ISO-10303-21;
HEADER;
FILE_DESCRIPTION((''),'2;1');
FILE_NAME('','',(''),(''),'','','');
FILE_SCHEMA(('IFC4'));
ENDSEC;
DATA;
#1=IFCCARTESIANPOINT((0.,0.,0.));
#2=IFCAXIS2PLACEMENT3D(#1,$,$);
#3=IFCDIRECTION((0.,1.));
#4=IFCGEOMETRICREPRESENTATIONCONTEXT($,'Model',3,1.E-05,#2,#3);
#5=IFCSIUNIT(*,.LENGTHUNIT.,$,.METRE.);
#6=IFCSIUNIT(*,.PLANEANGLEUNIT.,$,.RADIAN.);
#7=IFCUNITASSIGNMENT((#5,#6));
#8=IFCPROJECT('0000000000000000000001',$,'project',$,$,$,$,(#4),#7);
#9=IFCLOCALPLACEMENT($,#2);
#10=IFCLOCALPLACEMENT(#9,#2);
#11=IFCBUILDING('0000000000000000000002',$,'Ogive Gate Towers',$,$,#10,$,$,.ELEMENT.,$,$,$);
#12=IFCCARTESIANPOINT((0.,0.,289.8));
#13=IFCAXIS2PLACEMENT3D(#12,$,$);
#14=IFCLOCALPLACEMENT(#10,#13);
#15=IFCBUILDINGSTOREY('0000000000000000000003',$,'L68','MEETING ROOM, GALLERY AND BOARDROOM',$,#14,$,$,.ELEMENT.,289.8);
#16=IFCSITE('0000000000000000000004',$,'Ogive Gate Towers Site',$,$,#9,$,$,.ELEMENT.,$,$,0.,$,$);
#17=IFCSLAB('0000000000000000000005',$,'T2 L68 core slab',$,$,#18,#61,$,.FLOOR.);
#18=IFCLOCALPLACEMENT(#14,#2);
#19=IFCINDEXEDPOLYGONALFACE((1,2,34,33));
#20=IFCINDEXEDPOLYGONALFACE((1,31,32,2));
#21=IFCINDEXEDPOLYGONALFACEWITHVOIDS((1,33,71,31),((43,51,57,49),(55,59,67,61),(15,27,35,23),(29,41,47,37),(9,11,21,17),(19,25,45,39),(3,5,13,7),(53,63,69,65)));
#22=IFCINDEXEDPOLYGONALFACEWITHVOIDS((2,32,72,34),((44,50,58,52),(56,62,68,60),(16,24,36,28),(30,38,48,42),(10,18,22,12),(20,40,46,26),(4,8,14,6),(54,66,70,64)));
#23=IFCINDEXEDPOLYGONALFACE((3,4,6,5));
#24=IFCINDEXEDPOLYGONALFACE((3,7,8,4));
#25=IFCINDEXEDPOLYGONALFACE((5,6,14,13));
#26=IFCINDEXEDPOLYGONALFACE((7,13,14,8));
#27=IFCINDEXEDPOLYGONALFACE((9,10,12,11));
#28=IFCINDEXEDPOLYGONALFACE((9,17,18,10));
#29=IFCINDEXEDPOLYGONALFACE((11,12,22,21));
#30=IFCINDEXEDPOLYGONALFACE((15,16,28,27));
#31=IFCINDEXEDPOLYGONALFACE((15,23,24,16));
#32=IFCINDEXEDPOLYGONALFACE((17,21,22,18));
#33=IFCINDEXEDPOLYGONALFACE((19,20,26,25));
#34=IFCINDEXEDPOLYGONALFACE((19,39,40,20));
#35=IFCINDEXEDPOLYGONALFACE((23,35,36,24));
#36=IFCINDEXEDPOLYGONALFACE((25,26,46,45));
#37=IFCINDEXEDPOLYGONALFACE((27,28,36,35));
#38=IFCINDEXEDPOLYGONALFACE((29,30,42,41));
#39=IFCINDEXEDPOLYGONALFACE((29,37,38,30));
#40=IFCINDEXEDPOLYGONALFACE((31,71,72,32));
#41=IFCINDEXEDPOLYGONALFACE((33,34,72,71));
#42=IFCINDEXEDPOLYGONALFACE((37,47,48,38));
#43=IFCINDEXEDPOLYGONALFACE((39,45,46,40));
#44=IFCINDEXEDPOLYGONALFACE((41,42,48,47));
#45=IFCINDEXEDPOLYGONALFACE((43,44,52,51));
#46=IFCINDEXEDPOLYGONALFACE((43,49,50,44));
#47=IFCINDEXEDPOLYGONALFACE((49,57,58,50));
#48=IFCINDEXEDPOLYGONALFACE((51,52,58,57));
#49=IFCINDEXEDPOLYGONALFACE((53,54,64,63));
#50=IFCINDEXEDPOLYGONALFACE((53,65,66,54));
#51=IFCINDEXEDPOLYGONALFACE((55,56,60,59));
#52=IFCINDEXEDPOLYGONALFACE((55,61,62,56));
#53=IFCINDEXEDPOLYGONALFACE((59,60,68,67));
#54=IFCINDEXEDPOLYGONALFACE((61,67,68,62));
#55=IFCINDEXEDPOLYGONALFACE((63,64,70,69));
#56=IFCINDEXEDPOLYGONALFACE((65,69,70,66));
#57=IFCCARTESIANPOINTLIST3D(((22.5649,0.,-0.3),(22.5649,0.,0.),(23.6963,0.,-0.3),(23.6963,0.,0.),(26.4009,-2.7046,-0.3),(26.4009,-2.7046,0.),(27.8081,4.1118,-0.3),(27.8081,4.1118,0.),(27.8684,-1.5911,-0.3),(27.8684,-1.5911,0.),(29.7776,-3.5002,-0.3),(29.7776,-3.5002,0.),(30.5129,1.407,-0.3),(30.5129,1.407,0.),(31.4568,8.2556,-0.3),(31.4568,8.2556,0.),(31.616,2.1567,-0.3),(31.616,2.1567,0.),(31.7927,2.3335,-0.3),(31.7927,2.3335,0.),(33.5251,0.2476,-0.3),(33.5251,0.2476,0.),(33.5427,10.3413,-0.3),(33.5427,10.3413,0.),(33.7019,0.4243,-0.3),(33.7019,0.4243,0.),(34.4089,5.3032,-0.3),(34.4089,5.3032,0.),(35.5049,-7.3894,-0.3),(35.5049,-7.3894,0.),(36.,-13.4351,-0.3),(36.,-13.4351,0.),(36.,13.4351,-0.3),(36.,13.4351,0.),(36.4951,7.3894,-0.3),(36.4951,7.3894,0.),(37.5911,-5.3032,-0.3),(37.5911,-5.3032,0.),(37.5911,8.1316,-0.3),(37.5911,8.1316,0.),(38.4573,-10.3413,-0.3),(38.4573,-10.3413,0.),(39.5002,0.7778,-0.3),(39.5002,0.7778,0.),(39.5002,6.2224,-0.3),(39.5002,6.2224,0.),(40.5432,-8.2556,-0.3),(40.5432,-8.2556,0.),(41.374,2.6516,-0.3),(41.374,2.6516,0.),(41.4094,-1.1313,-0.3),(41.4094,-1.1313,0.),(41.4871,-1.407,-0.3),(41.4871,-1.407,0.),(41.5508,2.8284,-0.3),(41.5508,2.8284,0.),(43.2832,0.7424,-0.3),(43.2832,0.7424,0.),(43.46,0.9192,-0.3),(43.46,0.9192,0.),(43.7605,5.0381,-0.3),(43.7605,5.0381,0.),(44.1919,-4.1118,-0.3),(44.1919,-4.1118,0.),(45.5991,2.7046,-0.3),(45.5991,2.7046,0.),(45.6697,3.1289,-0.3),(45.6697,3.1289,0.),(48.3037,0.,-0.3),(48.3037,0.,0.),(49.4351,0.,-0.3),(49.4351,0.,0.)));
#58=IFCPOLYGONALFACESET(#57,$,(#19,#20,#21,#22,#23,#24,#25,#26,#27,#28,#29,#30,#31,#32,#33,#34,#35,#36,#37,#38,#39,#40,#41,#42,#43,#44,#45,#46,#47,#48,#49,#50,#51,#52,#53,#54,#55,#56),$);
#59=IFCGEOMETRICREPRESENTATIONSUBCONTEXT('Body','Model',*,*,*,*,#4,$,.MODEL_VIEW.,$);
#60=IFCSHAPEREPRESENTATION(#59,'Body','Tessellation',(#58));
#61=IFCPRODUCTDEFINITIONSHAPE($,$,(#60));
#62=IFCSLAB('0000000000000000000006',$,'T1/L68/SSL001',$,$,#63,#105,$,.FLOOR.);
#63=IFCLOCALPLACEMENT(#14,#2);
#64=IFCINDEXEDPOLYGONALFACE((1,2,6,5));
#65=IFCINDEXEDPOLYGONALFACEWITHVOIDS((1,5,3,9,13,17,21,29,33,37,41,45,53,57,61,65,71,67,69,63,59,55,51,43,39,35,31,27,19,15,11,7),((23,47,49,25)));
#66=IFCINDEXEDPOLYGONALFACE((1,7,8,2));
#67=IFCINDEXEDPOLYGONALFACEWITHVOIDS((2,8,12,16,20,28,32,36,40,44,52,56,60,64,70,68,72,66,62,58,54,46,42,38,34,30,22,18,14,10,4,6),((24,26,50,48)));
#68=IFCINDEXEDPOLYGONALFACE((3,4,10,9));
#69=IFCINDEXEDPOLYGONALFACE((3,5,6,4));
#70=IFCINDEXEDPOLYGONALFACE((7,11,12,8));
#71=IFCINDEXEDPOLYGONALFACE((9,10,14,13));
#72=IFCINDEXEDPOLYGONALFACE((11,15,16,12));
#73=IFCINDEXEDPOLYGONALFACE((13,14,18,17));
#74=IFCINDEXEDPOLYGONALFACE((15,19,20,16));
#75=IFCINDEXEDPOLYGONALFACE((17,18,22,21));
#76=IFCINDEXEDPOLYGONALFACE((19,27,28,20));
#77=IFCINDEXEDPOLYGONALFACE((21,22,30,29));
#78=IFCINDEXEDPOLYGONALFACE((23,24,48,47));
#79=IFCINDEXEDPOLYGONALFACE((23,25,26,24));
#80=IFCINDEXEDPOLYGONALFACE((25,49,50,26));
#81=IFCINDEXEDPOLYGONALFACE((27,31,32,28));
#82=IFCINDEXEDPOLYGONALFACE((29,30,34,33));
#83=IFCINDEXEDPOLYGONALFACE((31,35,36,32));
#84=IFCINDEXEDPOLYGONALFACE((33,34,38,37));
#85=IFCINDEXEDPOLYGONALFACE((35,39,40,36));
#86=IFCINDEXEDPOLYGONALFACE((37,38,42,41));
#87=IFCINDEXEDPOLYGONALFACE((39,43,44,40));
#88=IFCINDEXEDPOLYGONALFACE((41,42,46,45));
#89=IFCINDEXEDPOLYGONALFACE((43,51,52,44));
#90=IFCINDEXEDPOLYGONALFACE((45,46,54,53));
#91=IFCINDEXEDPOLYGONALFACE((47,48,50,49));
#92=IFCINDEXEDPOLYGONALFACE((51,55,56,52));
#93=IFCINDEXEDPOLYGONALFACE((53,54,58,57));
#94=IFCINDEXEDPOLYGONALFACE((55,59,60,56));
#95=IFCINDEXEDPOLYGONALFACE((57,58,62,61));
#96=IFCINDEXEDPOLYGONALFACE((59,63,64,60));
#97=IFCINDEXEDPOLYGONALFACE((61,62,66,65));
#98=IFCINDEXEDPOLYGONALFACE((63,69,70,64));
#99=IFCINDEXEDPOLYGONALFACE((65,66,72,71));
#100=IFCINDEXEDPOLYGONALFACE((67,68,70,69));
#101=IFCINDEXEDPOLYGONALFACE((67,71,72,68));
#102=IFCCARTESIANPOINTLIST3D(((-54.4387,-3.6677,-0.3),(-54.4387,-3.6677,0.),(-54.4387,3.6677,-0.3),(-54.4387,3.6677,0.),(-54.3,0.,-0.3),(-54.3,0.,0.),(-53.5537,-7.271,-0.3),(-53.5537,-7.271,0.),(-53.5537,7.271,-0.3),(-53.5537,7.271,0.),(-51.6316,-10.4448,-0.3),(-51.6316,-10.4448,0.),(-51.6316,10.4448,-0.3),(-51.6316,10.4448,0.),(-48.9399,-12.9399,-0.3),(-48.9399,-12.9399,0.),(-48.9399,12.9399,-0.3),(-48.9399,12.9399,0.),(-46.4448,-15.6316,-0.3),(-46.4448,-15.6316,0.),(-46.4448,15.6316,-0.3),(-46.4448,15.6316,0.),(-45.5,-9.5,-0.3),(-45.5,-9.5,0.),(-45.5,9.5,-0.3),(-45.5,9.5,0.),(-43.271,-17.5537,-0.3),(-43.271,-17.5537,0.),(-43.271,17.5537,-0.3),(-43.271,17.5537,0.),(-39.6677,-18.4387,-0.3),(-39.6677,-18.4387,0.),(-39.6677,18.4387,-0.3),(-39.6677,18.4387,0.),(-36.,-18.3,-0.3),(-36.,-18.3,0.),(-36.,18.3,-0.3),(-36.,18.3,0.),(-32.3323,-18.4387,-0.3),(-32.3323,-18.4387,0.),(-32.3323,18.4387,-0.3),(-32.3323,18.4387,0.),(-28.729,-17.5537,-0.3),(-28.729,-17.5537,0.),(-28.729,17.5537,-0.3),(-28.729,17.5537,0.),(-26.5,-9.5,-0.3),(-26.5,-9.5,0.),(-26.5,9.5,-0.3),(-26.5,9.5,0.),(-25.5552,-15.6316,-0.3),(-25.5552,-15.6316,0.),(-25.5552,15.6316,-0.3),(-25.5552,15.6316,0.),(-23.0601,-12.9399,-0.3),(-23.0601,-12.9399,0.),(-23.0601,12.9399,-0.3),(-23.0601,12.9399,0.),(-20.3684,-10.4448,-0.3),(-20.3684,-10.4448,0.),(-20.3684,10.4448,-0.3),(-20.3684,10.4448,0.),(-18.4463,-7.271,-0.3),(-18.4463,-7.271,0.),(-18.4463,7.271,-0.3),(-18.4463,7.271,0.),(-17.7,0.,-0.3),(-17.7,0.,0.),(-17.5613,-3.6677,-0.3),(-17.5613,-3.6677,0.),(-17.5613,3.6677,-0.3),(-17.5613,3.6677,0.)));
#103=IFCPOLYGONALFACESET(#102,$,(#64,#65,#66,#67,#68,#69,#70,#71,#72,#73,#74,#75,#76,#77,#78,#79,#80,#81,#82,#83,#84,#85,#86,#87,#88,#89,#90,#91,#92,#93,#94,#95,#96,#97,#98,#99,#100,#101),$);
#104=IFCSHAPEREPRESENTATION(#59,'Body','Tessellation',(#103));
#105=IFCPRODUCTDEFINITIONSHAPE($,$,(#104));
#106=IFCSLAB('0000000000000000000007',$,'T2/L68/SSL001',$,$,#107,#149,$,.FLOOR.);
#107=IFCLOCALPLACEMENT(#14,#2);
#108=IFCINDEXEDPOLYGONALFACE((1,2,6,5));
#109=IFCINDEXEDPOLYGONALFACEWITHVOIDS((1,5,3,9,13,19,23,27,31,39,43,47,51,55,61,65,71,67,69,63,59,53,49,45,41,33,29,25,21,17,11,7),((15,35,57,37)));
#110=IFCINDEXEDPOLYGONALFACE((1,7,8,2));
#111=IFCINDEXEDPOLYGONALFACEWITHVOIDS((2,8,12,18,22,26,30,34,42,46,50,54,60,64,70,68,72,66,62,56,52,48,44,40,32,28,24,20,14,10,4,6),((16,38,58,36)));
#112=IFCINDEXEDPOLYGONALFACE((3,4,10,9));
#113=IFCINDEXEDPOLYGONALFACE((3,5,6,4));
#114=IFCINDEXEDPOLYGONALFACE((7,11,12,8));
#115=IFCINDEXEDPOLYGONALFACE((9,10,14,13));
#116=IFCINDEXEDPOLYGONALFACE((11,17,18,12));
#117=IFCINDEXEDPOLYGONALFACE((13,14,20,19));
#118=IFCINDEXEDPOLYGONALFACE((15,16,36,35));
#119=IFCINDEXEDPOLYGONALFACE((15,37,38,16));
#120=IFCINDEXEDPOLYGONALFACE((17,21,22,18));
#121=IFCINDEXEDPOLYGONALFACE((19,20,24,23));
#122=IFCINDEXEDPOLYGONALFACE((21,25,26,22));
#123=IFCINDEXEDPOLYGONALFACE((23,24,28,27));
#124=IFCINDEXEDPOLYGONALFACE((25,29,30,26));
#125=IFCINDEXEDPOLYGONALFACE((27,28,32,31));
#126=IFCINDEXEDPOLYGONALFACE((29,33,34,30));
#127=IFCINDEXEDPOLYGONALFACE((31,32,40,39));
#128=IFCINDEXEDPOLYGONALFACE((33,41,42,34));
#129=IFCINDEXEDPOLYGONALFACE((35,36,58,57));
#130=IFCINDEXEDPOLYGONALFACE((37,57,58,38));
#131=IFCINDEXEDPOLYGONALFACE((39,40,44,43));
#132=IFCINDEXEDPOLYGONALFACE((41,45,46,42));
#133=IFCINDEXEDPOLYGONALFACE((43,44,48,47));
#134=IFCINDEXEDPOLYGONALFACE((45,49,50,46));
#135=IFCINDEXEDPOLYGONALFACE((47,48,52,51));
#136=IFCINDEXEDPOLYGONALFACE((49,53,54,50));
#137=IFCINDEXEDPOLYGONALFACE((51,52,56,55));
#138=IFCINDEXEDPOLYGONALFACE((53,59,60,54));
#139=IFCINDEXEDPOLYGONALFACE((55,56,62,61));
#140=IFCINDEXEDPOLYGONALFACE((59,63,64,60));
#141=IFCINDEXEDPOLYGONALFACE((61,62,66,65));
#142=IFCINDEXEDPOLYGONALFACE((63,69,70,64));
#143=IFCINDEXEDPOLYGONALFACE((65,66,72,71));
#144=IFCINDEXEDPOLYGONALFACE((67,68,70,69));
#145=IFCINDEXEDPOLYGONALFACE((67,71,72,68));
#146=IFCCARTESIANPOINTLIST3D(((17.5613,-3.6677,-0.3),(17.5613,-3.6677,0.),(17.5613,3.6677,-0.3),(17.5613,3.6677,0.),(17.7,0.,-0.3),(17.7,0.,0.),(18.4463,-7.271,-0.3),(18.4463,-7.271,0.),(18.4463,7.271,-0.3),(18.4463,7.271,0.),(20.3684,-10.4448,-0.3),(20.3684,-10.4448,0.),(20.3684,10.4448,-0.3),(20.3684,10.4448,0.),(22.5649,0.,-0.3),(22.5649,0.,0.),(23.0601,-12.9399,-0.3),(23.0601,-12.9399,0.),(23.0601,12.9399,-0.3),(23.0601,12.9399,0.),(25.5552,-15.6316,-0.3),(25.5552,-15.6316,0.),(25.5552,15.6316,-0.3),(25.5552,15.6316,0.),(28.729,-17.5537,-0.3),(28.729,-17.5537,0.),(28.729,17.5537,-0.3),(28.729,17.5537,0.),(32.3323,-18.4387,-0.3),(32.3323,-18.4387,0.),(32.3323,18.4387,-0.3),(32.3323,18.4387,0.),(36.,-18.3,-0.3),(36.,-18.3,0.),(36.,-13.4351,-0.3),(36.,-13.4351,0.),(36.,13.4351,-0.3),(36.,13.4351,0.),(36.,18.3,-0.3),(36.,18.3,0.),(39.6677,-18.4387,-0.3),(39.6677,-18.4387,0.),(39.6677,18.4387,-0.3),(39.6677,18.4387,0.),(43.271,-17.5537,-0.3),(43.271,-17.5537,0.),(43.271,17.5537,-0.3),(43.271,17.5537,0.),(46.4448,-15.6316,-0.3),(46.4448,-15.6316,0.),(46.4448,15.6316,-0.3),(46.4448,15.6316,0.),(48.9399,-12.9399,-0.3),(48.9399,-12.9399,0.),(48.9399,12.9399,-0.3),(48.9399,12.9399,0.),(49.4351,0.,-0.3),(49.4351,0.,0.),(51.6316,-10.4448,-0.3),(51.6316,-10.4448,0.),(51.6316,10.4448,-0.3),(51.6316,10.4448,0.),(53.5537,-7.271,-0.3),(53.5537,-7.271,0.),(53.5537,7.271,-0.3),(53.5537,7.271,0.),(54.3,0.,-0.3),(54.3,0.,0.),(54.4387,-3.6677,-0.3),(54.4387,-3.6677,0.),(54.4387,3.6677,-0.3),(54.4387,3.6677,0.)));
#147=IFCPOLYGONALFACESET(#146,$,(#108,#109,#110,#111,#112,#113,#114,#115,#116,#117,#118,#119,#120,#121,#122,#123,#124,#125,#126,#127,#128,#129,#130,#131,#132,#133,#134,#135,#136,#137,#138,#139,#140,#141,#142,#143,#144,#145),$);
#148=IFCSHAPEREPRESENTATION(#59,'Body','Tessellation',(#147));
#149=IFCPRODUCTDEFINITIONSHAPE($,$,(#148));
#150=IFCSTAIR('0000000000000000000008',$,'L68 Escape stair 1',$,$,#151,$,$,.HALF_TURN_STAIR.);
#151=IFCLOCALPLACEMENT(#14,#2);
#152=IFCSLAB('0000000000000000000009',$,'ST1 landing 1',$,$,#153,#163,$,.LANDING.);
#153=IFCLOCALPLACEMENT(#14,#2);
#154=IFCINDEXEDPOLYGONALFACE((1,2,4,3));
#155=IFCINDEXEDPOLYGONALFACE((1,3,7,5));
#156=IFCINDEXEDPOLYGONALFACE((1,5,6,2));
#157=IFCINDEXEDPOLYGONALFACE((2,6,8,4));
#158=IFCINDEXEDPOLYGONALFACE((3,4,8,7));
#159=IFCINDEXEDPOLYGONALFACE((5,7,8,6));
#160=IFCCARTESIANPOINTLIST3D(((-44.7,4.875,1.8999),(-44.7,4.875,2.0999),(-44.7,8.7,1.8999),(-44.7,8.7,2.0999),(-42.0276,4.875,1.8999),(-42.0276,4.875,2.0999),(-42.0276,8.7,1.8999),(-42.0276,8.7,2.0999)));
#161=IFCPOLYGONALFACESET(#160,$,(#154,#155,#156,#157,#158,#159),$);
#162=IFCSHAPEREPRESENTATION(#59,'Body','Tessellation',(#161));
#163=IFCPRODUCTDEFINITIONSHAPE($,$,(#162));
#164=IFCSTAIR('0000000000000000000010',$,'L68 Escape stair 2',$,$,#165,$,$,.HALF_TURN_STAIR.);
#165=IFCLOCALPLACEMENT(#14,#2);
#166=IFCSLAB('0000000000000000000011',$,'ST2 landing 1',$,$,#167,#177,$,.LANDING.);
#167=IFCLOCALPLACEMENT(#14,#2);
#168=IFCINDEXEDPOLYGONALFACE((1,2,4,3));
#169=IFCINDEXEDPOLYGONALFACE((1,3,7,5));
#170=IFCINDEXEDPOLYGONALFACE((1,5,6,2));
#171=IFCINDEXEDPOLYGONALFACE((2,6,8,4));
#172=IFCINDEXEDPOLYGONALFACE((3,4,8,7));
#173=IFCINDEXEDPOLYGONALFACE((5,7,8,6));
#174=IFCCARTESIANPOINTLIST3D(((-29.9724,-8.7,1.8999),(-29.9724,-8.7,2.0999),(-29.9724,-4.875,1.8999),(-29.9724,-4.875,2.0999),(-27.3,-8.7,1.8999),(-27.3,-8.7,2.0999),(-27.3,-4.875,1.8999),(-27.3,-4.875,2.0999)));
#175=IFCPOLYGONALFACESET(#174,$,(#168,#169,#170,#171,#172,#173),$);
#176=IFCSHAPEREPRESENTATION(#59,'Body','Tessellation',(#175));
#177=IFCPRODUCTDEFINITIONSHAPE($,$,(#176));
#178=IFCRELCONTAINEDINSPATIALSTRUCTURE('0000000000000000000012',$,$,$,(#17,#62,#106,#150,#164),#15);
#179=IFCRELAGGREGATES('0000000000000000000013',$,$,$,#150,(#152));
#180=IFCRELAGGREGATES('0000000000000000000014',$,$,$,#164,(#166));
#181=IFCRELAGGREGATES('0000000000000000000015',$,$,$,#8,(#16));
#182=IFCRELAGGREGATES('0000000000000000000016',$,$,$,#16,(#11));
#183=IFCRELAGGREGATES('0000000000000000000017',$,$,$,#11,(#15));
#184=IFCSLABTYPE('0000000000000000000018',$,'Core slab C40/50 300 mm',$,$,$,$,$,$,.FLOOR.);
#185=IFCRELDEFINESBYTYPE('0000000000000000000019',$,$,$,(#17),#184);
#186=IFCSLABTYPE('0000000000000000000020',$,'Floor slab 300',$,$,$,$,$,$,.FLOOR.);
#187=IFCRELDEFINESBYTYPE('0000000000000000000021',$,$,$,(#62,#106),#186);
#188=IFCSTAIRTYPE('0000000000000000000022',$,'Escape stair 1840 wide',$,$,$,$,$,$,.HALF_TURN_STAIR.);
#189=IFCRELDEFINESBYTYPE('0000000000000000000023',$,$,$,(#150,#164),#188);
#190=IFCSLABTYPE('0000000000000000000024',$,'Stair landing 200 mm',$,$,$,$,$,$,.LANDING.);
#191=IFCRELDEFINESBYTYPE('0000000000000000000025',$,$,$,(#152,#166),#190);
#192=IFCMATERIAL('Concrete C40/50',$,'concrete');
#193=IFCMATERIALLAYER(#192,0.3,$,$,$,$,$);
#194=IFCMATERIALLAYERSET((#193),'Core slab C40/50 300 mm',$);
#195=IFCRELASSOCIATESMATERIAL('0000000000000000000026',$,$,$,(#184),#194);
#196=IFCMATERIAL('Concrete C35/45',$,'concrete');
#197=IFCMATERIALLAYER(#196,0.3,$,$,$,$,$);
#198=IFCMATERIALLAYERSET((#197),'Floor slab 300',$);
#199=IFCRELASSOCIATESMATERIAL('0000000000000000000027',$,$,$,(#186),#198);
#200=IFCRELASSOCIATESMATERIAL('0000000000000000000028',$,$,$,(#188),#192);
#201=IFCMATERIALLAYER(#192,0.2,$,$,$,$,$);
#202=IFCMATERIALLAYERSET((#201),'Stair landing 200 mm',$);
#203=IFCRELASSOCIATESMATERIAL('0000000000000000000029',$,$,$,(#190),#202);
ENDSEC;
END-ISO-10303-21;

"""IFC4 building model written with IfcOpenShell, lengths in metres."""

from ifc_helpers import new_model, si_unit, direction, frame, origin, place, context, subcontext, project, spatial, polyline, outline, extrude, material, layer, layer_set, type_object, element, aggregate, save


model = new_model("IFC4")

# Units and contexts
model_context = context("Model", 3, precision=1e-05, world=origin(), true_north=direction((0.0, 1.0)))
body_context = subcontext(model_context, "Body", "Model", "MODEL_VIEW")
ifc_project = project(units=[si_unit("LENGTHUNIT", "METRE"), si_unit("PLANEANGLEUNIT", "RADIAN")], contexts=[model_context])

# Site, building, storey
site_placement = place(None, origin())
site = spatial("IfcSite", under=ifc_project, at=site_placement, Name="Ogive Gate Towers Site", CompositionType="ELEMENT", RefElevation=0.0)
building_placement = place(site_placement, origin())
building = spatial("IfcBuilding", under=site, at=building_placement, Name="Ogive Gate Towers", CompositionType="ELEMENT")
storey_placement = place(building_placement, frame((0.0, 0.0, 289.8)))
storey = spatial("IfcBuildingStorey", under=building, at=storey_placement, Name="L68", Description="MEETING ROOM, GALLERY AND BOARDROOM", CompositionType="ELEMENT", Elevation=289.8)

# Slabs
ifc_material_1 = material(Name="Concrete C40/50", Category="concrete")
ifc_layer_1 = layer(ifc_material_1, 0.3)
ifc_layer_set_1 = layer_set([ifc_layer_1], Name="Core slab C40/50 300 mm")
slab_type_1 = type_object("IfcSlabType", Name="Core slab C40/50 300 mm", PredefinedType="FLOOR", material=ifc_layer_set_1)
slab_1_placement = place(storey_placement, frame((0.0, 0.0, -0.3)))
element("IfcSlab", 1, at=slab_1_placement, inside=storey, type_object=slab_type_1, Name="T2 L68 core slab", PredefinedType="FLOOR", context=body_context, shape_type="SweptSolid", body=[
    extrude(outline(polyline([(36.0, -13.4351), (22.5649, 0.0), (36.0, 13.4351), (49.4351, 0.0), (36.0, -13.4351)]), holes=[polyline([(29.7776, -3.5002), (33.5251, 0.2476), (31.616, 2.1567), (27.8684, -1.5911), (29.7776, -3.5002)]), polyline([(31.7927, 2.3335), (33.7019, 0.4243), (39.5002, 6.2224), (37.5911, 8.1316), (31.7927, 2.3335)]), polyline([(41.374, 2.6516), (39.5002, 0.7778), (41.4094, -1.1313), (43.2832, 0.7424), (41.374, 2.6516)]), polyline([(45.6697, 3.1289), (43.7605, 5.0381), (41.5508, 2.8284), (43.46, 0.9192), (45.6697, 3.1289)]), polyline([(34.4089, 5.3032), (36.4951, 7.3894), (33.5427, 10.3413), (31.4568, 8.2556), (34.4089, 5.3032)]), polyline([(35.5049, -7.3894), (38.4573, -10.3413), (40.5432, -8.2556), (37.5911, -5.3032), (35.5049, -7.3894)]), polyline([(26.4009, -2.7046), (30.5129, 1.407), (27.8081, 4.1118), (23.6963, 0.0), (26.4009, -2.7046)]), polyline([(48.3037, 0.0), (45.5991, 2.7046), (41.4871, -1.407), (44.1919, -4.1118), (48.3037, 0.0)])]), origin(), (0.0, 0.0, 1.0), 0.3),
])
ifc_material_2 = material(Name="Concrete C35/45", Category="concrete")
ifc_layer_2 = layer(ifc_material_2, 0.3)
ifc_layer_set_2 = layer_set([ifc_layer_2], Name="Floor slab 300")
slab_type_2 = type_object("IfcSlabType", Name="Floor slab 300", PredefinedType="FLOOR", material=ifc_layer_set_2)
slab_2_placement = place(storey_placement, frame((0.0, 0.0, -0.3)))
element("IfcSlab", 2, at=slab_2_placement, inside=storey, type_object=slab_type_2, Name="T1/L68/SSL001", PredefinedType="FLOOR", context=body_context, shape_type="SweptSolid", body=[
    extrude(outline(polyline([(-17.5613, -3.6677), (-17.7, 0.0), (-17.5613, 3.6677), (-18.4463, 7.271), (-20.3684, 10.4448), (-23.0601, 12.9399), (-25.5552, 15.6316), (-28.729, 17.5537), (-32.3323, 18.4387), (-36.0, 18.3), (-39.6677, 18.4387), (-43.271, 17.5537), (-46.4448, 15.6316), (-48.9399, 12.9399), (-51.6316, 10.4448), (-53.5537, 7.271), (-54.4387, 3.6677), (-54.3, 0.0), (-54.4387, -3.6677), (-53.5537, -7.271), (-51.6316, -10.4448), (-48.9399, -12.9399), (-46.4448, -15.6316), (-43.271, -17.5537), (-39.6677, -18.4387), (-36.0, -18.3), (-32.3323, -18.4387), (-28.729, -17.5537), (-25.5552, -15.6316), (-23.0601, -12.9399), (-20.3684, -10.4448), (-18.4463, -7.271), (-17.5613, -3.6677)]), holes=[polyline([(-26.5, -9.5), (-45.5, -9.5), (-45.5, 9.5), (-26.5, 9.5), (-26.5, -9.5)])]), origin(), (0.0, 0.0, 1.0), 0.3),
])
slab_3_placement = place(storey_placement, frame((0.0, 0.0, -0.3)))
element("IfcSlab", 3, at=slab_3_placement, inside=storey, type_object=slab_type_2, Name="T2/L68/SSL001", PredefinedType="FLOOR", context=body_context, shape_type="SweptSolid", body=[
    extrude(outline(polyline([(54.4387, -3.6677), (54.3, 0.0), (54.4387, 3.6677), (53.5537, 7.271), (51.6316, 10.4448), (48.9399, 12.9399), (46.4448, 15.6316), (43.271, 17.5537), (39.6677, 18.4387), (36.0, 18.3), (32.3323, 18.4387), (28.729, 17.5537), (25.5552, 15.6316), (23.0601, 12.9399), (20.3684, 10.4448), (18.4463, 7.271), (17.5613, 3.6677), (17.7, 0.0), (17.5613, -3.6677), (18.4463, -7.271), (20.3684, -10.4448), (23.0601, -12.9399), (25.5552, -15.6316), (28.729, -17.5537), (32.3323, -18.4387), (36.0, -18.3), (39.6677, -18.4387), (43.271, -17.5537), (46.4448, -15.6316), (48.9399, -12.9399), (51.6316, -10.4448), (53.5537, -7.271), (54.4387, -3.6677)]), holes=[polyline([(49.4351, 0.0), (36.0, -13.4351), (22.5649, 0.0), (36.0, 13.4351), (49.4351, 0.0)])]), origin(), (0.0, 0.0, 1.0), 0.3),
])

# Stairs, slabs
stair_type = type_object("IfcStairType", Name="Escape stair 1840 wide", PredefinedType="HALF_TURN_STAIR", material=ifc_material_1)
stair_1_placement = place(storey_placement, origin())
stair_1 = element("IfcStair", 4, at=stair_1_placement, inside=storey, type_object=stair_type, Name="L68 Escape stair 1", PredefinedType="HALF_TURN_STAIR")
ifc_layer_3 = layer(ifc_material_1, 0.2)
ifc_layer_set_3 = layer_set([ifc_layer_3], Name="Stair landing 200 mm")
slab_type_3 = type_object("IfcSlabType", Name="Stair landing 200 mm", PredefinedType="LANDING", material=ifc_layer_set_3)
slab_4_placement = place(storey_placement, frame((0.0, 0.0, 1.8999)))
slab_4 = element("IfcSlab", 5, at=slab_4_placement, type_object=slab_type_3, Name="ST1 landing 1", PredefinedType="LANDING", context=body_context, shape_type="SweptSolid", body=[
    extrude(outline(polyline([(-42.0276, 8.7), (-44.7, 8.7), (-44.7, 4.875), (-42.0276, 4.875), (-42.0276, 8.7)])), origin(), (0.0, 0.0, 1.0), 0.2),
])
aggregate(stair_1, [slab_4])
stair_2_placement = place(storey_placement, origin())
stair_2 = element("IfcStair", 6, at=stair_2_placement, inside=storey, type_object=stair_type, Name="L68 Escape stair 2", PredefinedType="HALF_TURN_STAIR")
slab_5_placement = place(storey_placement, frame((0.0, 0.0, 1.8999)))
slab_5 = element("IfcSlab", 7, at=slab_5_placement, type_object=slab_type_3, Name="ST2 landing 1", PredefinedType="LANDING", context=body_context, shape_type="SweptSolid", body=[
    extrude(outline(polyline([(-29.9724, -8.7), (-27.3, -8.7), (-27.3, -4.875), (-29.9724, -4.875), (-29.9724, -8.7)])), origin(), (0.0, 0.0, 1.0), 0.2),
])
aggregate(stair_2, [slab_5])

save(model, "model.ifc")
